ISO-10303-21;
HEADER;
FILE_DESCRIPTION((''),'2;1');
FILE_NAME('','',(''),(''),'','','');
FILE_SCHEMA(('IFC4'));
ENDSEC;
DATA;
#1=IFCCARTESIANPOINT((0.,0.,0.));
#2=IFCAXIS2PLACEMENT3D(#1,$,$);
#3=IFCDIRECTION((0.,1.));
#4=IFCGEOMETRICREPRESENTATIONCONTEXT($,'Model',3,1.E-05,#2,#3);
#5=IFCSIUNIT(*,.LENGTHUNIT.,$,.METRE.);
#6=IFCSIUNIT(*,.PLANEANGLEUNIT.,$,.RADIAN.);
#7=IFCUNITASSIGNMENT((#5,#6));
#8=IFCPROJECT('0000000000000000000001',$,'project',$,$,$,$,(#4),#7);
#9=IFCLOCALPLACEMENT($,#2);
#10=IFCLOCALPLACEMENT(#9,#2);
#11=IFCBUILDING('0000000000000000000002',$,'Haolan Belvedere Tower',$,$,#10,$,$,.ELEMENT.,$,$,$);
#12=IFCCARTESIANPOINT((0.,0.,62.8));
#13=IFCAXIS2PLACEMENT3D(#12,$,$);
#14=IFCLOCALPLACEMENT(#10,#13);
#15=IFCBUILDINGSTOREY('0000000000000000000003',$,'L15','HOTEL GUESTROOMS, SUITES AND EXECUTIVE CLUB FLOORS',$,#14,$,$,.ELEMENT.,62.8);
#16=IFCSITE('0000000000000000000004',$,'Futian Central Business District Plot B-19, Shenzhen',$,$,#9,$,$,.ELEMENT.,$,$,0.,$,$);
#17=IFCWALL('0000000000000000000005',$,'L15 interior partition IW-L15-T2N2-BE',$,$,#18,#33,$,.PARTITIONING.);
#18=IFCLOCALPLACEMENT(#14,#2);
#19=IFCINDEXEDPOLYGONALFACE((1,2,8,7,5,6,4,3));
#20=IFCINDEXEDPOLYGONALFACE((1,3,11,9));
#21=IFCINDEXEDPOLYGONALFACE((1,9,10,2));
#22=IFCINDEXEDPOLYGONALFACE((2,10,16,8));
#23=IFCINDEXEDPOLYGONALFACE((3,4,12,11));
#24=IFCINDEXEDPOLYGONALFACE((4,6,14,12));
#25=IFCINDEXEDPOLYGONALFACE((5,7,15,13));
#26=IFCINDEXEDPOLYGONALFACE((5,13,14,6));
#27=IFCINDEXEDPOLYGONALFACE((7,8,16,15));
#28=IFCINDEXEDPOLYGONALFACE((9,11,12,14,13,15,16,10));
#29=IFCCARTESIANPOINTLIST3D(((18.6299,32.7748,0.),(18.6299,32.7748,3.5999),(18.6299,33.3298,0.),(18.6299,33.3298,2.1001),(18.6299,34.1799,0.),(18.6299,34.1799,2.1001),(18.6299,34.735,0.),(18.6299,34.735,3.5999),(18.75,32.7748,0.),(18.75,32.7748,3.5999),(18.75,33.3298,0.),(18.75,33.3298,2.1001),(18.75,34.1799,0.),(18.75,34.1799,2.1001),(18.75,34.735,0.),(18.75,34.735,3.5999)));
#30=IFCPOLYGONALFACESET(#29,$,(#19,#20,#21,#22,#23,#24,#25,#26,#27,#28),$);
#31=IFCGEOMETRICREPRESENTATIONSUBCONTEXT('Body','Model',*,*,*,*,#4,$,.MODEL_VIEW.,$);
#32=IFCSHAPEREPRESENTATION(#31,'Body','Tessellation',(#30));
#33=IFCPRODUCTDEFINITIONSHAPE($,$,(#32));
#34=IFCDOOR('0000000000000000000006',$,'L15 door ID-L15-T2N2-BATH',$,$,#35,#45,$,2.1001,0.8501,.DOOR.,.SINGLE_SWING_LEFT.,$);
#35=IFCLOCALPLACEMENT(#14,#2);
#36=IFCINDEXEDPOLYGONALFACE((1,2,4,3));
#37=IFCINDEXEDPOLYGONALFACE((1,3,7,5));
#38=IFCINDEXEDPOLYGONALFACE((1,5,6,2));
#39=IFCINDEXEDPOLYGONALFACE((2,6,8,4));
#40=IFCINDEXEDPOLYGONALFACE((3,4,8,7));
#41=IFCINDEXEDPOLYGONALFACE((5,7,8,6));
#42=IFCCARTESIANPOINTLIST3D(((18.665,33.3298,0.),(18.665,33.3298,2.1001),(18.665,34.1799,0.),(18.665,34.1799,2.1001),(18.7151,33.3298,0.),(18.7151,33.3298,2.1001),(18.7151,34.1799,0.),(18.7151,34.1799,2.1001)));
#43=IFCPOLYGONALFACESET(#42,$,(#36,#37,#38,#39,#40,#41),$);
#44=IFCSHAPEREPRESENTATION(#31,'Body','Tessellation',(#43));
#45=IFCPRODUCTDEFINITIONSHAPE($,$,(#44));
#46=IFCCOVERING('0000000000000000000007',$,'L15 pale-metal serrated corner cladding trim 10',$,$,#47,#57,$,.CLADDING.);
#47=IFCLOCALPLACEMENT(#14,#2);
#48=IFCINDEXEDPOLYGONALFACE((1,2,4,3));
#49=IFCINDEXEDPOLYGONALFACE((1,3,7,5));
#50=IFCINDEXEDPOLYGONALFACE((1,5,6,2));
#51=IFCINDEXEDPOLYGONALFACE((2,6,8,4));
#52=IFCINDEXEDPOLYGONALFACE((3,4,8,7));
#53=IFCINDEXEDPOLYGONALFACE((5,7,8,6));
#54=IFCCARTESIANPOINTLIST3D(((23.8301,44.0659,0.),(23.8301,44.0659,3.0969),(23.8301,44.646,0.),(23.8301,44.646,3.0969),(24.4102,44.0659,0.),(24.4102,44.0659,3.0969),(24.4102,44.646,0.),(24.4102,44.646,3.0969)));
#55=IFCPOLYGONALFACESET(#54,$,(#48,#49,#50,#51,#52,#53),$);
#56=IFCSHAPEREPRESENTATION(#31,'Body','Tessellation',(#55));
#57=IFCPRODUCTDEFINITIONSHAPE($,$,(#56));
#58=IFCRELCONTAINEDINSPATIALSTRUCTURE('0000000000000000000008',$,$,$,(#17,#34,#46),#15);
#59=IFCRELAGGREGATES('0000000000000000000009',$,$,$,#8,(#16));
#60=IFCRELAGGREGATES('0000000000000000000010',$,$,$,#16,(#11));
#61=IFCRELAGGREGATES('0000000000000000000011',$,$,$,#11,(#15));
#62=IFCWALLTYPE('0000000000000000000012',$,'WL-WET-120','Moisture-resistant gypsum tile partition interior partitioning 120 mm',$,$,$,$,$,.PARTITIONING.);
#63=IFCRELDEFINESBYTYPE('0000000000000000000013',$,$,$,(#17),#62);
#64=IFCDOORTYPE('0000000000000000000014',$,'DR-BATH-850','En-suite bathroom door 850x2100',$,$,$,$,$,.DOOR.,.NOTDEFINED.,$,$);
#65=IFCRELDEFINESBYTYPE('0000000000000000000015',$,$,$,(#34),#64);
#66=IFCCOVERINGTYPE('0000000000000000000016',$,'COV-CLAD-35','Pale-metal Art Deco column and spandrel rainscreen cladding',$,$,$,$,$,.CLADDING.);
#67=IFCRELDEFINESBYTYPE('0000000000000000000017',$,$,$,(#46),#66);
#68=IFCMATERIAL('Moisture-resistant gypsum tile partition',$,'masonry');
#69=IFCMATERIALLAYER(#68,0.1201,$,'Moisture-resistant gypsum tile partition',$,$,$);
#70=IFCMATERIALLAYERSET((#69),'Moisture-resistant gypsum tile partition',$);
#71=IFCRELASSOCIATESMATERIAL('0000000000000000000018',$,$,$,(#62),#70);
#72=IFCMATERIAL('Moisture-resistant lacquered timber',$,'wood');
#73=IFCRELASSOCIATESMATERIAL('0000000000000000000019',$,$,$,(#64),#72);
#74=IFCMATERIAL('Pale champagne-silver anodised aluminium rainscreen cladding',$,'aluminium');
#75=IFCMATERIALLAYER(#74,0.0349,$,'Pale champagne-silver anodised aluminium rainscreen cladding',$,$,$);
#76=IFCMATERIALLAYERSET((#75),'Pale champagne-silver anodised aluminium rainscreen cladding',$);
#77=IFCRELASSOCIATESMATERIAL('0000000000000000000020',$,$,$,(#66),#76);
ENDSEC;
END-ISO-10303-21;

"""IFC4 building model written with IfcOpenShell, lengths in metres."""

from ifc_helpers import new_model, si_unit, direction, frame, frame_2d, origin, origin_2d, place, context, subcontext, project, spatial, rectangle, extrude, material, layer, layer_set, type_object, element, fill, save


model = new_model("IFC4")

# Units and contexts
model_context = context("Model", 3, precision=1e-05, world=origin(), true_north=direction((0.0, 1.0)))
body_context = subcontext(model_context, "Body", "Model", "MODEL_VIEW")
ifc_project = project(units=[si_unit("LENGTHUNIT", "METRE"), si_unit("PLANEANGLEUNIT", "RADIAN")], contexts=[model_context])

# Site, building, storey
site_placement = place(None, origin())
site = spatial("IfcSite", under=ifc_project, at=site_placement, Name="Futian Central Business District Plot B-19, Shenzhen", CompositionType="ELEMENT", RefElevation=0.0)
building_placement = place(site_placement, origin())
building = spatial("IfcBuilding", under=site, at=building_placement, Name="Haolan Belvedere Tower", CompositionType="ELEMENT")
storey_placement = place(building_placement, frame((0.0, 0.0, 62.8)))
storey = spatial("IfcBuildingStorey", under=building, at=storey_placement, Name="L15", Description="HOTEL GUESTROOMS, SUITES AND EXECUTIVE CLUB FLOORS", CompositionType="ELEMENT", Elevation=62.8)

# Wall, opening, door
ifc_material_1 = material(Name="Moisture-resistant gypsum tile partition", Category="masonry")
ifc_layer_1 = layer(ifc_material_1, 0.1201, Name="Moisture-resistant gypsum tile partition")
ifc_layer_set_1 = layer_set([ifc_layer_1], Name="Moisture-resistant gypsum tile partition")
wall_type_1 = type_object("IfcWallType", Name="WL-WET-120", Description="Moisture-resistant gypsum tile partition interior partitioning 120 mm", PredefinedType="PARTITIONING", material=ifc_layer_set_1)
wall_1_placement = place(storey_placement, frame((18.6899, 32.7749, 0.0), z_axis=(0.0, 0.0, 1.0), x_axis=(0.0, 1.0, 0.0)))
wall_1 = element("IfcWall", 1, at=wall_1_placement, inside=storey, type_object=wall_type_1, Name="L15 interior partition IW-L15-T2N2-BE", PredefinedType="PARTITIONING", context=body_context, shape_type="SweptSolid", body=[
    extrude(rectangle(XDim=1.9602, YDim=0.1201, at=frame_2d((0.98, 0.0))), origin(), (0.0, 0.0, 1.0), 3.5999),
])
opening_1_placement = place(wall_1_placement, frame((0.5549, 0.0, 0.0)))
opening_1 = element("IfcOpeningElement", 2, at=opening_1_placement, cuts=wall_1, PredefinedType="OPENING", context=body_context, shape_type="SweptSolid", body=[
    extrude(rectangle(XDim=0.8501, YDim=2.1001, at=frame_2d((0.425, 1.05))), frame((0.0, 0.0701, 0.0), z_axis=(0.0, -1.0, 0.0), x_axis=(1.0, 0.0, 0.0)), (0.0, 0.0, 1.0), 0.1401),
])
ifc_material_2 = material(Name="Moisture-resistant lacquered timber", Category="wood")
door_type_1 = type_object("IfcDoorType", Name="DR-BATH-850", Description="En-suite bathroom door 850x2100", OperationType="NOTDEFINED", PredefinedType="DOOR", material=ifc_material_2)
door_1_placement = place(opening_1_placement, origin())
door_1 = element("IfcDoor", 3, at=door_1_placement, inside=storey, type_object=door_type_1, Name="L15 door ID-L15-T2N2-BATH", OperationType="SINGLE_SWING_LEFT", OverallHeight=2.1001, OverallWidth=0.8501, PredefinedType="DOOR", context=body_context, shape_type="SweptSolid", body=[
    extrude(rectangle(XDim=0.8501, YDim=2.1001, at=frame_2d((0.425, 1.05))), frame((0.0, 0.0249, 0.0), z_axis=(0.0, -1.0, 0.0), x_axis=(1.0, 0.0, 0.0)), (0.0, 0.0, 1.0), 0.05),
])
fill(opening_1, door_1)

# Covering
ifc_material_3 = material(Name="Pale champagne-silver anodised aluminium rainscreen cladding", Category="aluminium")
ifc_layer_2 = layer(ifc_material_3, 0.0349, Name="Pale champagne-silver anodised aluminium rainscreen cladding")
ifc_layer_set_2 = layer_set([ifc_layer_2], Name="Pale champagne-silver anodised aluminium rainscreen cladding")
covering_type = type_object("IfcCoveringType", Name="COV-CLAD-35", Description="Pale-metal Art Deco column and spandrel rainscreen cladding", PredefinedType="CLADDING", material=ifc_layer_set_2)
covering_placement = place(storey_placement, frame((24.1201, 44.356, 0.0), z_axis=(0.0, 0.0, 1.0), x_axis=(1.0, 0.0, 0.0)))
element("IfcCovering", 4, at=covering_placement, inside=storey, type_object=covering_type, Name="L15 pale-metal serrated corner cladding trim 10", PredefinedType="CLADDING", context=body_context, shape_type="SweptSolid", body=[
    extrude(rectangle(XDim=0.5801, YDim=0.5801, at=origin_2d()), origin(), (0.0, 0.0, 1.0), 3.0969),
])

save(model, "model.ifc")
